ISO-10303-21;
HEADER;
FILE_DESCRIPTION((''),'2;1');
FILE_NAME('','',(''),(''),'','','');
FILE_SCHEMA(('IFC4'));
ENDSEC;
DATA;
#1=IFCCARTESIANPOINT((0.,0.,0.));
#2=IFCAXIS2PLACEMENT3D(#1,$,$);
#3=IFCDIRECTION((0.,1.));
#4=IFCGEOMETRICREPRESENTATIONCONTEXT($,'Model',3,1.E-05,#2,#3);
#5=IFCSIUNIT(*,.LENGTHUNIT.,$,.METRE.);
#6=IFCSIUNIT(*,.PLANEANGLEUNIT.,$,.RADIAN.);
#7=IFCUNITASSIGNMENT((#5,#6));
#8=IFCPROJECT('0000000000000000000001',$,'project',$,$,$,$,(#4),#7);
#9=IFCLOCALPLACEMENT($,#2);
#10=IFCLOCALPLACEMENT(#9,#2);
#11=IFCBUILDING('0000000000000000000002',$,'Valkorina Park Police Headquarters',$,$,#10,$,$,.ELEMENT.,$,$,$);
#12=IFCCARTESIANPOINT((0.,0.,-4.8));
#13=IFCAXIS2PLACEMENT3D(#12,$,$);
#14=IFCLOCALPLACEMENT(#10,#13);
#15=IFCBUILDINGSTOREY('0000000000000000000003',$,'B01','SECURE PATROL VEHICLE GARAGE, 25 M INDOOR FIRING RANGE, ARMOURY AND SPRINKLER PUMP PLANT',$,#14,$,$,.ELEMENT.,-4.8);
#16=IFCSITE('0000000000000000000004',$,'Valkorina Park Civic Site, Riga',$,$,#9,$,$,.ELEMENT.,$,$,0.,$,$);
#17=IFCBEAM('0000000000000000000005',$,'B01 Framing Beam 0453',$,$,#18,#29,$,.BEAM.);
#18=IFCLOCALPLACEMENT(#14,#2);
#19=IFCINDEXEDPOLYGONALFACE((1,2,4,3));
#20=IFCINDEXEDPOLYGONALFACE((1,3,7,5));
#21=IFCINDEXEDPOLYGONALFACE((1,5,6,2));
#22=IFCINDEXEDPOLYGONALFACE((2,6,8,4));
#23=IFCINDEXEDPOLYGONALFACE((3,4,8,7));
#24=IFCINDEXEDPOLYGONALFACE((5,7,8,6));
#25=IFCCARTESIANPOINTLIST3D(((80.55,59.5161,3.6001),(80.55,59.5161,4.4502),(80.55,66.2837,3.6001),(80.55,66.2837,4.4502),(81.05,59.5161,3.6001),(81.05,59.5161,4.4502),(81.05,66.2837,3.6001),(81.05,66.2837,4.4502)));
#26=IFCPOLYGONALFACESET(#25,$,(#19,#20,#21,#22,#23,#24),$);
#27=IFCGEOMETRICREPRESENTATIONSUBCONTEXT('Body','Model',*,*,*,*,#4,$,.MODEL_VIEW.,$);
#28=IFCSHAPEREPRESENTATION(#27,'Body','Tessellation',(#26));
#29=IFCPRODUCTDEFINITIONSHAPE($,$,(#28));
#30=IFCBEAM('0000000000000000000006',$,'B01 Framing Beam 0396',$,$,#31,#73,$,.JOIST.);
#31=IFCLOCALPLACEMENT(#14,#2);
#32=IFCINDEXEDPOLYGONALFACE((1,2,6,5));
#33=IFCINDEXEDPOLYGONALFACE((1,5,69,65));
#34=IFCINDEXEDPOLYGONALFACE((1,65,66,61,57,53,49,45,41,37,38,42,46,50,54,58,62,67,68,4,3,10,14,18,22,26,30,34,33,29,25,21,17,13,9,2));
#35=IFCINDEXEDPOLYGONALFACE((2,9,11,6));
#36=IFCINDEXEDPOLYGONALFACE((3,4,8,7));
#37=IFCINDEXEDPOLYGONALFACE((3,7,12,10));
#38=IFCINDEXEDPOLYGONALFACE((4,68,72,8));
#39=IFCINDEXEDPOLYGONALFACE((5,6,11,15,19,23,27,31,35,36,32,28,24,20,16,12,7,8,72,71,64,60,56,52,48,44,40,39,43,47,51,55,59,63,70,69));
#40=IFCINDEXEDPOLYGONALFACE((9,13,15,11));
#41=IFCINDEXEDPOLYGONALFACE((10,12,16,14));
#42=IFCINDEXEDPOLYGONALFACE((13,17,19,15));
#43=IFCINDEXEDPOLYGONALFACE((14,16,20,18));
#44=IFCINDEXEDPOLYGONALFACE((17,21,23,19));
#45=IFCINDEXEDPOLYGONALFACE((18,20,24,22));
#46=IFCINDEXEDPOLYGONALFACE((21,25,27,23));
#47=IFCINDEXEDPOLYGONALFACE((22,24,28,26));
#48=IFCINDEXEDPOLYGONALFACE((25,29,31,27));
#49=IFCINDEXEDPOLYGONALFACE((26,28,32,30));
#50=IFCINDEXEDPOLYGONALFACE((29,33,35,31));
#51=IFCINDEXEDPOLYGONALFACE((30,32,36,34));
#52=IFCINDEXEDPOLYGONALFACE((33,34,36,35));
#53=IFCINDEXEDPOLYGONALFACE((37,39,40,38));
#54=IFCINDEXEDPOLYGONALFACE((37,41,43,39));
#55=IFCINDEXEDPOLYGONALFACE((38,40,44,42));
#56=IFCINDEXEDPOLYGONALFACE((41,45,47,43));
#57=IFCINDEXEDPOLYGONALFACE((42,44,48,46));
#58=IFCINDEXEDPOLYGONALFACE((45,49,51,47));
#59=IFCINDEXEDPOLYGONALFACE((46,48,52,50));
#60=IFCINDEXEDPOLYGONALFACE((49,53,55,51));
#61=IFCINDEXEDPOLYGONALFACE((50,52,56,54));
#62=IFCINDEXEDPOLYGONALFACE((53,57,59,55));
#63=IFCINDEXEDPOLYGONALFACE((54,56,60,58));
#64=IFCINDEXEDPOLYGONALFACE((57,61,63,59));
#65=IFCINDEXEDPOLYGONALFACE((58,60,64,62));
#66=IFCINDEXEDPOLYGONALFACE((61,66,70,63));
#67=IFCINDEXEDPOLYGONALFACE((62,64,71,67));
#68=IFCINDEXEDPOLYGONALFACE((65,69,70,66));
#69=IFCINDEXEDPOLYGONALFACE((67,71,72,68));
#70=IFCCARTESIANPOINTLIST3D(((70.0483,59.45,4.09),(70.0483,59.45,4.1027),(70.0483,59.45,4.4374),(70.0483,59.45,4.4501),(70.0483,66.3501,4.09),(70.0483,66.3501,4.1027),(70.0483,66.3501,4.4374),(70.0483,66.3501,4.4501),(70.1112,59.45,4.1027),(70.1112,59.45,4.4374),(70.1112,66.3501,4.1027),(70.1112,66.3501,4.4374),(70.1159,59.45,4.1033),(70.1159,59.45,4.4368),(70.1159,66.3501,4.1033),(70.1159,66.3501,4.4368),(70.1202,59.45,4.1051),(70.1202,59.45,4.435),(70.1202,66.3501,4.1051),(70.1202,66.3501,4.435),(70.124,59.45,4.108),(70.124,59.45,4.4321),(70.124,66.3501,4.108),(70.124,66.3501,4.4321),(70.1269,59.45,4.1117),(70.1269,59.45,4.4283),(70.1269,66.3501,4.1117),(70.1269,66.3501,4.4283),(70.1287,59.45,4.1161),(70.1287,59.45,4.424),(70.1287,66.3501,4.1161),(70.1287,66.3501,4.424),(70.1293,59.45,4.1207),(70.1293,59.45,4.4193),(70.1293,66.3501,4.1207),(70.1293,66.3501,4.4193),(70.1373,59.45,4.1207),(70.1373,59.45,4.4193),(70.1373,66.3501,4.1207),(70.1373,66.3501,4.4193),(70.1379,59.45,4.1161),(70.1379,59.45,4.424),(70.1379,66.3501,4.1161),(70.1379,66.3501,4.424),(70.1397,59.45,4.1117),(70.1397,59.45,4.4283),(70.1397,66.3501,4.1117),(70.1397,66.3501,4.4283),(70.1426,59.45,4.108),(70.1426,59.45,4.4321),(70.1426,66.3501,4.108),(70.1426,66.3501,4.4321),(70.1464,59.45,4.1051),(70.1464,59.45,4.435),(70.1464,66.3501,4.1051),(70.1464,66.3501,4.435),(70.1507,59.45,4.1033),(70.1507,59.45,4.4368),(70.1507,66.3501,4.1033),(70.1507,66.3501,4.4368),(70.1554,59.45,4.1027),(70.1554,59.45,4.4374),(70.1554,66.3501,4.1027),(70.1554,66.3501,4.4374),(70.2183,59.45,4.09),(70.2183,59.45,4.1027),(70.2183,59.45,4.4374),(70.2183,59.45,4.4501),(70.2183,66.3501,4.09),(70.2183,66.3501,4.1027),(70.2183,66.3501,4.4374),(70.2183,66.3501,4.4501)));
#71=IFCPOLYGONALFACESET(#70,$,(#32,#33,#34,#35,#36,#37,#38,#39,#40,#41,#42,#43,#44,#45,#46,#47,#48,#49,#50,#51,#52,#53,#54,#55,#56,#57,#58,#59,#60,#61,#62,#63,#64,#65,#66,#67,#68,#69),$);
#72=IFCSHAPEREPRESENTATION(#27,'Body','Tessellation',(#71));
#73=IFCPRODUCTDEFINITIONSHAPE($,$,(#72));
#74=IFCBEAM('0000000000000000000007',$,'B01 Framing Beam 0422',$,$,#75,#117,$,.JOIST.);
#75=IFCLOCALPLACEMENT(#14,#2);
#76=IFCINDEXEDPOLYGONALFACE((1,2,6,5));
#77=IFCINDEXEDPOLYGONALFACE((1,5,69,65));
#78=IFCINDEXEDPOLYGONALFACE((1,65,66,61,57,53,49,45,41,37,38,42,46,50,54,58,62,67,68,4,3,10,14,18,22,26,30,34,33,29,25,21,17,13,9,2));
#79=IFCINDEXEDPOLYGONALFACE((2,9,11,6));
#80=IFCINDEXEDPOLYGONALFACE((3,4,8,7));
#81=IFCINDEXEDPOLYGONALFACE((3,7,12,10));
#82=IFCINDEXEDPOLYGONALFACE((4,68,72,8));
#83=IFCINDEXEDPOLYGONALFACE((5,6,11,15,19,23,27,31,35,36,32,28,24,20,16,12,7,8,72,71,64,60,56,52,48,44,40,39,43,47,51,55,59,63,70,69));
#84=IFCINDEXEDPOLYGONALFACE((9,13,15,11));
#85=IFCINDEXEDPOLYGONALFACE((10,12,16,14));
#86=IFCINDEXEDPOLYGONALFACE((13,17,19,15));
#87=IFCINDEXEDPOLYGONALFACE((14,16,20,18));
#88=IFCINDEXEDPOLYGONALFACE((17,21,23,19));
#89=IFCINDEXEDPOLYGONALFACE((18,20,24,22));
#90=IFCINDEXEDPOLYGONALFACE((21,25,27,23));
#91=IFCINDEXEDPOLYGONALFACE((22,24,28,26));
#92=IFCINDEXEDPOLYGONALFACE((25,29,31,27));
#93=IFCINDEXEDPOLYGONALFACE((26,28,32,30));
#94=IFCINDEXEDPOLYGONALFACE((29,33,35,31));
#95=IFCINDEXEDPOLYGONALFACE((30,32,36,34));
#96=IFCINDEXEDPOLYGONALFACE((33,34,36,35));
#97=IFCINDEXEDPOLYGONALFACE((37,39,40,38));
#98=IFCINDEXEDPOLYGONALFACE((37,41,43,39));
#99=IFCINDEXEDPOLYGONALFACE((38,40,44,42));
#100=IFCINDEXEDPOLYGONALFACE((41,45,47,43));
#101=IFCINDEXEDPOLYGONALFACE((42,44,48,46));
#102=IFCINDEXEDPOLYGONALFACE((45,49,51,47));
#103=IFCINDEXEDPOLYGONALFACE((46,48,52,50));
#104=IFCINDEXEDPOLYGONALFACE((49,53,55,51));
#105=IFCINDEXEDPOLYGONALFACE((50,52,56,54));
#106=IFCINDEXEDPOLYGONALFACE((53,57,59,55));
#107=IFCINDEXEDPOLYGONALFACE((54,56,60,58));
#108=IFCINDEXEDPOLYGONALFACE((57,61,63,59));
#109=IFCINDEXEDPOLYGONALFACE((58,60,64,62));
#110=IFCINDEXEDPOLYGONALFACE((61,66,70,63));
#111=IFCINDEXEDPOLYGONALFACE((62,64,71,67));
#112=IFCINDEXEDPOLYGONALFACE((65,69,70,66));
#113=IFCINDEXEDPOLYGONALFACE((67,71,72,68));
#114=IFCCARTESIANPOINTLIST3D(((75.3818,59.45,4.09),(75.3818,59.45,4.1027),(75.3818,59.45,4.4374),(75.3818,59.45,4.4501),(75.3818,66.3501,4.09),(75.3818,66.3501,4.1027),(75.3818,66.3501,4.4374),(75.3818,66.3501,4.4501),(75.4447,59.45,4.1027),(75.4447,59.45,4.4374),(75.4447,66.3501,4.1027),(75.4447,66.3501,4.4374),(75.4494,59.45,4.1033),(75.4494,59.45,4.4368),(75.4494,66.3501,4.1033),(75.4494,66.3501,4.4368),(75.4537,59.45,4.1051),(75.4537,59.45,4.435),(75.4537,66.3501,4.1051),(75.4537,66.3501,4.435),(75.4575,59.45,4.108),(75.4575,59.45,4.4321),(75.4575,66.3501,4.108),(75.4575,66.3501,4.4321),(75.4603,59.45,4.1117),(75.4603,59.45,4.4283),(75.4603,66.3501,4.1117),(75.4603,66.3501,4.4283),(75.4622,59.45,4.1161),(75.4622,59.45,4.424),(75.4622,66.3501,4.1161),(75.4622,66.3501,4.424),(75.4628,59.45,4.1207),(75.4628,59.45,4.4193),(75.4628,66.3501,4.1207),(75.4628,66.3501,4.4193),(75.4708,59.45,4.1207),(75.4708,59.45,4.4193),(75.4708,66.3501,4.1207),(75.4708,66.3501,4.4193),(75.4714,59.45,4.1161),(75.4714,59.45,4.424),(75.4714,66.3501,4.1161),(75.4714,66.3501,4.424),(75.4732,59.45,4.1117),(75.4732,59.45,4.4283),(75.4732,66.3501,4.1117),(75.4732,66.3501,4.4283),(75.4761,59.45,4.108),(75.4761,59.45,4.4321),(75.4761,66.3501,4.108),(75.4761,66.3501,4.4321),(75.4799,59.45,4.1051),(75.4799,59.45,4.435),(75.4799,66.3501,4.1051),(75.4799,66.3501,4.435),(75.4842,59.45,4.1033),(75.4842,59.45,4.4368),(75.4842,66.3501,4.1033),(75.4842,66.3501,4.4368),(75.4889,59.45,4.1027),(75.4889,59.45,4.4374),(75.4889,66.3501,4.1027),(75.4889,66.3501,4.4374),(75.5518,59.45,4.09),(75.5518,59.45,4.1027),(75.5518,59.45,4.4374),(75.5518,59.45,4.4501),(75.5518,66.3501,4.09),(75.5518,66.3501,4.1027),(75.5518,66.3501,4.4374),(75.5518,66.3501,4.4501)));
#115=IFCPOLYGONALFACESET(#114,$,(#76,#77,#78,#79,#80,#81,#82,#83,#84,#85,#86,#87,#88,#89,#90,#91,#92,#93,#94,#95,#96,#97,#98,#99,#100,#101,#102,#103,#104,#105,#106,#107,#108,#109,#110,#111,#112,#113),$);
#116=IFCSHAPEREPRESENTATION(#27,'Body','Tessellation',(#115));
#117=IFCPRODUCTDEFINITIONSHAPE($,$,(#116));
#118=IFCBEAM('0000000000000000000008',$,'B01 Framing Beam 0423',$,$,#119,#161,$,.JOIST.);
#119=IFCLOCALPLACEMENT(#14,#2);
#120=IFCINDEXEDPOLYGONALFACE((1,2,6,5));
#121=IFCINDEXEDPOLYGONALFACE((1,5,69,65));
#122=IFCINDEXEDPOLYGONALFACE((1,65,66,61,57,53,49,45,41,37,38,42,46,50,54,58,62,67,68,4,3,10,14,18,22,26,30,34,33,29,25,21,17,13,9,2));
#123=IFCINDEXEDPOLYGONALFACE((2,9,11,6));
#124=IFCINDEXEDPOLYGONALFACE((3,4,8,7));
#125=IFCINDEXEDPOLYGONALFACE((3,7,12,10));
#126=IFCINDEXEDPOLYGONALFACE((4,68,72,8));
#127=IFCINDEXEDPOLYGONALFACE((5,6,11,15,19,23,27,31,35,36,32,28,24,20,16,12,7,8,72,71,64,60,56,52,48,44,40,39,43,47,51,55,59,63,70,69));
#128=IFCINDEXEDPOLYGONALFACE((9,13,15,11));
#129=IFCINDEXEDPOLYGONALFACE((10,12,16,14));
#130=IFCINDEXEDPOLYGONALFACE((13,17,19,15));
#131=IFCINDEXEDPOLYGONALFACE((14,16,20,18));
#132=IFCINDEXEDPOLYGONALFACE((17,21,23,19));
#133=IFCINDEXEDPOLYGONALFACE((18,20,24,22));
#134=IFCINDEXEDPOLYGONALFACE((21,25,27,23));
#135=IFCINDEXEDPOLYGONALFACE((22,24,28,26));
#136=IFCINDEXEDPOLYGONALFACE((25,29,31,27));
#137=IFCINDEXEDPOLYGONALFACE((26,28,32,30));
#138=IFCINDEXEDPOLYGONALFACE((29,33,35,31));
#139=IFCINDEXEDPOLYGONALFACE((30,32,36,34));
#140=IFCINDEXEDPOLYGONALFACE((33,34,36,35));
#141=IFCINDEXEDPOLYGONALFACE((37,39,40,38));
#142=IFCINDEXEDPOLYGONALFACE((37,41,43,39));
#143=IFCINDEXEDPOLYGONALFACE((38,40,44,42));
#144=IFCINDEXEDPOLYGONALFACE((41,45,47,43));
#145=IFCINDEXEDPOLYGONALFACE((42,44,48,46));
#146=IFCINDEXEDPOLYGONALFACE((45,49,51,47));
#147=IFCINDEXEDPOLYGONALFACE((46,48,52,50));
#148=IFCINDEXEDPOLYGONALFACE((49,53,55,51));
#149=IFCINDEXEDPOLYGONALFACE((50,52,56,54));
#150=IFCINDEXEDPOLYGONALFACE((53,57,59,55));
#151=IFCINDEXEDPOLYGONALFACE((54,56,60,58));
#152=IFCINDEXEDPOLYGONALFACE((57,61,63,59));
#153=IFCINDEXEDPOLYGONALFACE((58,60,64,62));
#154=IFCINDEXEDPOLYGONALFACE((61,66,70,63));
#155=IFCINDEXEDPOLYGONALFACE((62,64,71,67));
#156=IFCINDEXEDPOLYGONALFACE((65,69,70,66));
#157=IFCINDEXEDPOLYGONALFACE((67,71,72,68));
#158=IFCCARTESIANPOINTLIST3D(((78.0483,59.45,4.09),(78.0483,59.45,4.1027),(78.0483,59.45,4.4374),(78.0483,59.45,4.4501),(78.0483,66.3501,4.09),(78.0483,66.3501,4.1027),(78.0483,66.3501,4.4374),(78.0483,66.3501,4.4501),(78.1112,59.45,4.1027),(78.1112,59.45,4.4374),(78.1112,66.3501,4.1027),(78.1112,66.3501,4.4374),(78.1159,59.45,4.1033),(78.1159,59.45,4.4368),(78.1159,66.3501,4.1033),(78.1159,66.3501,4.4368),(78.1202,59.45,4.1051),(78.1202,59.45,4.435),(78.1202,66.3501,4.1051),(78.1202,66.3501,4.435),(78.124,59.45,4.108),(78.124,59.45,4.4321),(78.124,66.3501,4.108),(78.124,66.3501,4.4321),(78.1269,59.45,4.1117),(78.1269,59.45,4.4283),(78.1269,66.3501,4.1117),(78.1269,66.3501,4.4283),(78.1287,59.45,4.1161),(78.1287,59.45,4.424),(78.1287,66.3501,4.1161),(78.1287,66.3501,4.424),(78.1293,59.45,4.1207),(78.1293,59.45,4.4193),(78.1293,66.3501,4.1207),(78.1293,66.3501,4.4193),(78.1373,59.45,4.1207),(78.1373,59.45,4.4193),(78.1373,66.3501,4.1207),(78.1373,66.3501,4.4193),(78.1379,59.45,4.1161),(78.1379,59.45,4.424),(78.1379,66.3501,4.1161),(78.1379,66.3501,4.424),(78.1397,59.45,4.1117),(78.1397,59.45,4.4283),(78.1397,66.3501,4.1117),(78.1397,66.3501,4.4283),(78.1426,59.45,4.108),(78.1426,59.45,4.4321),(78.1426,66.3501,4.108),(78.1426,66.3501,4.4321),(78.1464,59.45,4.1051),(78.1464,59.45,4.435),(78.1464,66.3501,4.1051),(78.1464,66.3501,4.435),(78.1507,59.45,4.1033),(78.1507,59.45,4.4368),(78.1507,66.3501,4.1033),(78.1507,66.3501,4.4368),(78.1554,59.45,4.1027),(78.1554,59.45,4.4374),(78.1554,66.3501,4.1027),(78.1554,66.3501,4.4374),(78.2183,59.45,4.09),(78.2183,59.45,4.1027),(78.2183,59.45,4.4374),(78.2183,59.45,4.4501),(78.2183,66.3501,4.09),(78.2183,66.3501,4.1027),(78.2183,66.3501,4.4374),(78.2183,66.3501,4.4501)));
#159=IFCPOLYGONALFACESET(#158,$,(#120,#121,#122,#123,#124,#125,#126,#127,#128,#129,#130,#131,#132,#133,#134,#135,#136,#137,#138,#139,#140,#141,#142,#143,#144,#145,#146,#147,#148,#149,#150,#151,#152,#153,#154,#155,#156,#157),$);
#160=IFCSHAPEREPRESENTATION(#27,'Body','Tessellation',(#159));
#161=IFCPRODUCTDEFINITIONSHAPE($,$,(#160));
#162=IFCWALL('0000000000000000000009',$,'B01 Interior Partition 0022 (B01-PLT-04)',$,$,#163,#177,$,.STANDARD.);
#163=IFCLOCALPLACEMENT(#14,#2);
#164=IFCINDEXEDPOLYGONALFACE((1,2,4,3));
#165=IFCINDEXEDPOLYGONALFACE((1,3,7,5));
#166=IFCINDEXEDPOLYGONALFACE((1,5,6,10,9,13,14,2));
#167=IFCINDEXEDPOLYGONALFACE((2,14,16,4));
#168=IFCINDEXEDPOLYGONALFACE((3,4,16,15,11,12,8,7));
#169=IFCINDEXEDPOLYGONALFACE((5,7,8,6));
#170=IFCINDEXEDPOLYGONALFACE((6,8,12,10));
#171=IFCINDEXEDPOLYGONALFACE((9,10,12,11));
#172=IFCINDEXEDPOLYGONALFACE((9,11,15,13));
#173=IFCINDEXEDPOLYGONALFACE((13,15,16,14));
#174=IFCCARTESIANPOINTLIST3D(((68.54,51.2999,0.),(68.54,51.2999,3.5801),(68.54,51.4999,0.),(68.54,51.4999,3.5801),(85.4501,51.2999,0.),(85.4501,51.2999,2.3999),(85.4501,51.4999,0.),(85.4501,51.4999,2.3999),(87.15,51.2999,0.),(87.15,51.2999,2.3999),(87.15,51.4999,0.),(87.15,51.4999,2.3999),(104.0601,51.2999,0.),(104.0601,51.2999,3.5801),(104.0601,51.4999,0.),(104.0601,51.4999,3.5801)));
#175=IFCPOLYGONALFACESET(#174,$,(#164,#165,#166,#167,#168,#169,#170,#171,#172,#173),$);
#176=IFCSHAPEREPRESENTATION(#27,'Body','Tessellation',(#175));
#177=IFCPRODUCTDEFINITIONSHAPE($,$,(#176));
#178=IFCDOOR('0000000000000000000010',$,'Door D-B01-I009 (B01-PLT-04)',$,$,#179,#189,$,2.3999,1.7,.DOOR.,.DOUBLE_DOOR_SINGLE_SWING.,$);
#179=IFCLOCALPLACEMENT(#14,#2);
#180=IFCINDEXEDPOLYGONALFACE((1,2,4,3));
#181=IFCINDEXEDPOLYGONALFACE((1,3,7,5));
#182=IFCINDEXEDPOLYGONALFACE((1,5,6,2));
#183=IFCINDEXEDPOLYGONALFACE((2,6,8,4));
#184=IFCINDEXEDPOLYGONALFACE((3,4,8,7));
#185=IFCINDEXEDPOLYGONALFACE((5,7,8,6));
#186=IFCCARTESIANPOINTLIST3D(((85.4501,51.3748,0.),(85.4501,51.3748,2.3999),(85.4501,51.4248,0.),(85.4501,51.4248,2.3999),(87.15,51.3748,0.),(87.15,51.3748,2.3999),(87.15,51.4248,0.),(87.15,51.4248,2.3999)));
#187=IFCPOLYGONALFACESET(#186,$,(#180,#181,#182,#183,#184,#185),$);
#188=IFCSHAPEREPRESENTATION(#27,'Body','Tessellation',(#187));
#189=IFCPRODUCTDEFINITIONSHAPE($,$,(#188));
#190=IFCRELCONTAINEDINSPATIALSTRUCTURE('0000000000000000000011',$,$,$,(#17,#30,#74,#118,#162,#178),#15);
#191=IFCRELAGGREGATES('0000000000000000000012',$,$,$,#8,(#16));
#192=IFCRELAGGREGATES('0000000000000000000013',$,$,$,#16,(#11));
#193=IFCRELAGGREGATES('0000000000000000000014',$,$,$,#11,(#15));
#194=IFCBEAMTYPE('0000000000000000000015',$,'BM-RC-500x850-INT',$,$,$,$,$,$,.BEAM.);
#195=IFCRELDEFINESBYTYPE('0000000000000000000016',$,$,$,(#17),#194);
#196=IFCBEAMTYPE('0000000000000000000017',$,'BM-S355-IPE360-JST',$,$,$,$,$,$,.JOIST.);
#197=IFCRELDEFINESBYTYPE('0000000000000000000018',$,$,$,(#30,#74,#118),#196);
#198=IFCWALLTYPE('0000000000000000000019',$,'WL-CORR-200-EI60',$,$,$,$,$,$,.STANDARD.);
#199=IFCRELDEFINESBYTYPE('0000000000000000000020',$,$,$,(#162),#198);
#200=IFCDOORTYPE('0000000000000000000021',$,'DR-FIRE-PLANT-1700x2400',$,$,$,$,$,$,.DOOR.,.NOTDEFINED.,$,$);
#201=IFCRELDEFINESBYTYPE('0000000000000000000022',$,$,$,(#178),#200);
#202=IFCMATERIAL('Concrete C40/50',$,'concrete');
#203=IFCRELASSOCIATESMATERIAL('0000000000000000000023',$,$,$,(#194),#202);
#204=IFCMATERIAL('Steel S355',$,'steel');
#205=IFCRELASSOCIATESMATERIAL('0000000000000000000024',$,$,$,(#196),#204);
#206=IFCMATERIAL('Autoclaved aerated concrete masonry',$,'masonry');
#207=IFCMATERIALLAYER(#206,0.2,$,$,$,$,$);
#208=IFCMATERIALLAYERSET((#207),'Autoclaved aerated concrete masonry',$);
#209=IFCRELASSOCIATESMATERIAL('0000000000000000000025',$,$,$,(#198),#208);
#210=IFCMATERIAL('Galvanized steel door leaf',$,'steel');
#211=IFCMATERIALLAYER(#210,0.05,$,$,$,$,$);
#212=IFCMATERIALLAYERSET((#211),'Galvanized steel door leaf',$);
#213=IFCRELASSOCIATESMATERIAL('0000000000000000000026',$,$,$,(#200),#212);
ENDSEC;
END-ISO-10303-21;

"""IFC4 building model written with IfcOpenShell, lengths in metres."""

from ifc_helpers import new_model, si_unit, direction, frame, frame_2d, origin, origin_2d, place, context, subcontext, project, spatial, rectangle, i_section, extrude, material, layer, layer_set, material_profile, profile_set, type_object, element, fill, save


model = new_model("IFC4")

# Units and contexts
model_context = context("Model", 3, precision=1e-05, world=origin(), true_north=direction((0.0, 1.0)))
body_context = subcontext(model_context, "Body", "Model", "MODEL_VIEW")
ifc_project = project(units=[si_unit("LENGTHUNIT", "METRE"), si_unit("PLANEANGLEUNIT", "RADIAN")], contexts=[model_context])

# Site, building, storey
site_placement = place(None, origin())
site = spatial("IfcSite", under=ifc_project, at=site_placement, Name="Valkorina Park Civic Site, Riga", CompositionType="ELEMENT", RefElevation=0.0)
building_placement = place(site_placement, origin())
building = spatial("IfcBuilding", under=site, at=building_placement, Name="Valkorina Park Police Headquarters", CompositionType="ELEMENT")
storey_placement = place(building_placement, frame((0.0, 0.0, -4.8)))
storey = spatial("IfcBuildingStorey", under=building, at=storey_placement, Name="B01", Description="SECURE PATROL VEHICLE GARAGE, 25 M INDOOR FIRING RANGE, ARMOURY AND SPRINKLER PUMP PLANT", CompositionType="ELEMENT", Elevation=-4.8)

# Shared definitions
ifc_material_1 = material(Name="Concrete C40/50", Category="concrete")

# Beams
ifc_material_profile_1 = material_profile(ifc_material_1, rectangle(XDim=0.5, YDim=0.8501, at=origin_2d()), Name="RC BEAM 500x850")
ifc_profile_set_1 = profile_set([ifc_material_profile_1], Name="Concrete C40/50")
beam_type_1 = type_object("IfcBeamType", Name="BM-RC-500x850-INT", PredefinedType="BEAM", material=ifc_profile_set_1)
for number, where, z_axis, x_axis, name in (
    (1, (80.8, 59.5161, 4.0251), (0.0, 1.0, 0.0), (-1.0, 0.0, 0.0), "B01 Framing Beam 0453"),
):
    element("IfcBeam", number, at=place(storey_placement, frame(where, z_axis=z_axis, x_axis=x_axis)), inside=storey, type_object=beam_type_1, Name=name, PredefinedType="BEAM", context=body_context, shape_type="SweptSolid", body=[
        extrude(rectangle(XDim=0.5, YDim=0.8501, at=origin_2d()), origin(), (0.0, 0.0, 1.0), 6.7676),
    ])
ifc_material_2 = material(Name="Steel S355", Category="steel")
ifc_material_profile_2 = material_profile(ifc_material_2, i_section(OverallWidth=0.1699, OverallDepth=0.3601, WebThickness=0.0081, FlangeThickness=0.0127, FilletRadius=0.0181, at=origin_2d()), Name="IPE 360")
ifc_profile_set_2 = profile_set([ifc_material_profile_2], Name="Steel S355")
beam_type_2 = type_object("IfcBeamType", Name="BM-S355-IPE360-JST", PredefinedType="JOIST", material=ifc_profile_set_2)
for number, where, z_axis, x_axis, name in (
    (2, (70.1333, 59.45, 4.27), (0.0, 1.0, 0.0), (-1.0, 0.0, 0.0), "B01 Framing Beam 0396"),
    (3, (75.4668, 59.45, 4.27), (0.0, 1.0, 0.0), (-1.0, 0.0, 0.0), "B01 Framing Beam 0422"),
    (4, (78.1333, 59.45, 4.27), (0.0, 1.0, 0.0), (-1.0, 0.0, 0.0), "B01 Framing Beam 0423"),
):
    element("IfcBeam", number, at=place(storey_placement, frame(where, z_axis=z_axis, x_axis=x_axis)), inside=storey, type_object=beam_type_2, Name=name, PredefinedType="JOIST", context=body_context, shape_type="SweptSolid", body=[
        extrude(i_section(OverallWidth=0.1699, OverallDepth=0.3601, WebThickness=0.0081, FlangeThickness=0.0127, FilletRadius=0.0181, at=origin_2d()), origin(), (0.0, 0.0, 1.0), 6.9001),
    ])

# Wall, opening, door
ifc_material_3 = material(Name="Autoclaved aerated concrete masonry", Category="masonry")
ifc_layer_1 = layer(ifc_material_3, 0.2)
ifc_layer_set_1 = layer_set([ifc_layer_1], Name="Autoclaved aerated concrete masonry")
wall_type_1 = type_object("IfcWallType", Name="WL-CORR-200-EI60", PredefinedType="STANDARD", material=ifc_layer_set_1)
wall_1_placement = place(storey_placement, frame((68.54, 51.3999, 0.0), z_axis=(0.0, 0.0, 1.0), x_axis=(1.0, 0.0, 0.0)))
wall_1 = element("IfcWall", 5, at=wall_1_placement, inside=storey, type_object=wall_type_1, Name="B01 Interior Partition 0022 (B01-PLT-04)", PredefinedType="STANDARD", context=body_context, shape_type="SweptSolid", body=[
    extrude(rectangle(XDim=35.52, YDim=0.2, at=frame_2d((17.76, 0.0))), origin(), (0.0, 0.0, 1.0), 3.5801),
])
opening_placement = place(wall_1_placement, frame((16.9099, 0.0, 0.0)))
opening = element("IfcOpeningElement", 6, at=opening_placement, cuts=wall_1, PredefinedType="OPENING", context=body_context, shape_type="SweptSolid", body=[
    extrude(rectangle(XDim=1.7, YDim=2.3999, at=frame_2d((0.8501, 1.2))), frame((0.0, 0.1099, 0.0), z_axis=(0.0, -1.0, 0.0), x_axis=(1.0, 0.0, 0.0)), (0.0, 0.0, 1.0), 0.22),
])
ifc_material_4 = material(Name="Galvanized steel door leaf", Category="steel")
ifc_layer_2 = layer(ifc_material_4, 0.05)
ifc_layer_set_2 = layer_set([ifc_layer_2], Name="Galvanized steel door leaf")
door_type = type_object("IfcDoorType", Name="DR-FIRE-PLANT-1700x2400", OperationType="NOTDEFINED", PredefinedType="DOOR", material=ifc_layer_set_2)
door_placement = place(opening_placement, origin())
door = element("IfcDoor", 7, at=door_placement, inside=storey, type_object=door_type, Name="Door D-B01-I009 (B01-PLT-04)", OperationType="DOUBLE_DOOR_SINGLE_SWING", OverallHeight=2.3999, OverallWidth=1.7, PredefinedType="DOOR", context=body_context, shape_type="SweptSolid", body=[
    extrude(rectangle(XDim=1.7, YDim=2.3999, at=frame_2d((0.8501, 1.2))), frame((0.0, 0.0249, 0.0), z_axis=(0.0, -1.0, 0.0), x_axis=(1.0, 0.0, 0.0)), (0.0, 0.0, 1.0), 0.05),
])
fill(opening, door)

save(model, "model.ifc")
